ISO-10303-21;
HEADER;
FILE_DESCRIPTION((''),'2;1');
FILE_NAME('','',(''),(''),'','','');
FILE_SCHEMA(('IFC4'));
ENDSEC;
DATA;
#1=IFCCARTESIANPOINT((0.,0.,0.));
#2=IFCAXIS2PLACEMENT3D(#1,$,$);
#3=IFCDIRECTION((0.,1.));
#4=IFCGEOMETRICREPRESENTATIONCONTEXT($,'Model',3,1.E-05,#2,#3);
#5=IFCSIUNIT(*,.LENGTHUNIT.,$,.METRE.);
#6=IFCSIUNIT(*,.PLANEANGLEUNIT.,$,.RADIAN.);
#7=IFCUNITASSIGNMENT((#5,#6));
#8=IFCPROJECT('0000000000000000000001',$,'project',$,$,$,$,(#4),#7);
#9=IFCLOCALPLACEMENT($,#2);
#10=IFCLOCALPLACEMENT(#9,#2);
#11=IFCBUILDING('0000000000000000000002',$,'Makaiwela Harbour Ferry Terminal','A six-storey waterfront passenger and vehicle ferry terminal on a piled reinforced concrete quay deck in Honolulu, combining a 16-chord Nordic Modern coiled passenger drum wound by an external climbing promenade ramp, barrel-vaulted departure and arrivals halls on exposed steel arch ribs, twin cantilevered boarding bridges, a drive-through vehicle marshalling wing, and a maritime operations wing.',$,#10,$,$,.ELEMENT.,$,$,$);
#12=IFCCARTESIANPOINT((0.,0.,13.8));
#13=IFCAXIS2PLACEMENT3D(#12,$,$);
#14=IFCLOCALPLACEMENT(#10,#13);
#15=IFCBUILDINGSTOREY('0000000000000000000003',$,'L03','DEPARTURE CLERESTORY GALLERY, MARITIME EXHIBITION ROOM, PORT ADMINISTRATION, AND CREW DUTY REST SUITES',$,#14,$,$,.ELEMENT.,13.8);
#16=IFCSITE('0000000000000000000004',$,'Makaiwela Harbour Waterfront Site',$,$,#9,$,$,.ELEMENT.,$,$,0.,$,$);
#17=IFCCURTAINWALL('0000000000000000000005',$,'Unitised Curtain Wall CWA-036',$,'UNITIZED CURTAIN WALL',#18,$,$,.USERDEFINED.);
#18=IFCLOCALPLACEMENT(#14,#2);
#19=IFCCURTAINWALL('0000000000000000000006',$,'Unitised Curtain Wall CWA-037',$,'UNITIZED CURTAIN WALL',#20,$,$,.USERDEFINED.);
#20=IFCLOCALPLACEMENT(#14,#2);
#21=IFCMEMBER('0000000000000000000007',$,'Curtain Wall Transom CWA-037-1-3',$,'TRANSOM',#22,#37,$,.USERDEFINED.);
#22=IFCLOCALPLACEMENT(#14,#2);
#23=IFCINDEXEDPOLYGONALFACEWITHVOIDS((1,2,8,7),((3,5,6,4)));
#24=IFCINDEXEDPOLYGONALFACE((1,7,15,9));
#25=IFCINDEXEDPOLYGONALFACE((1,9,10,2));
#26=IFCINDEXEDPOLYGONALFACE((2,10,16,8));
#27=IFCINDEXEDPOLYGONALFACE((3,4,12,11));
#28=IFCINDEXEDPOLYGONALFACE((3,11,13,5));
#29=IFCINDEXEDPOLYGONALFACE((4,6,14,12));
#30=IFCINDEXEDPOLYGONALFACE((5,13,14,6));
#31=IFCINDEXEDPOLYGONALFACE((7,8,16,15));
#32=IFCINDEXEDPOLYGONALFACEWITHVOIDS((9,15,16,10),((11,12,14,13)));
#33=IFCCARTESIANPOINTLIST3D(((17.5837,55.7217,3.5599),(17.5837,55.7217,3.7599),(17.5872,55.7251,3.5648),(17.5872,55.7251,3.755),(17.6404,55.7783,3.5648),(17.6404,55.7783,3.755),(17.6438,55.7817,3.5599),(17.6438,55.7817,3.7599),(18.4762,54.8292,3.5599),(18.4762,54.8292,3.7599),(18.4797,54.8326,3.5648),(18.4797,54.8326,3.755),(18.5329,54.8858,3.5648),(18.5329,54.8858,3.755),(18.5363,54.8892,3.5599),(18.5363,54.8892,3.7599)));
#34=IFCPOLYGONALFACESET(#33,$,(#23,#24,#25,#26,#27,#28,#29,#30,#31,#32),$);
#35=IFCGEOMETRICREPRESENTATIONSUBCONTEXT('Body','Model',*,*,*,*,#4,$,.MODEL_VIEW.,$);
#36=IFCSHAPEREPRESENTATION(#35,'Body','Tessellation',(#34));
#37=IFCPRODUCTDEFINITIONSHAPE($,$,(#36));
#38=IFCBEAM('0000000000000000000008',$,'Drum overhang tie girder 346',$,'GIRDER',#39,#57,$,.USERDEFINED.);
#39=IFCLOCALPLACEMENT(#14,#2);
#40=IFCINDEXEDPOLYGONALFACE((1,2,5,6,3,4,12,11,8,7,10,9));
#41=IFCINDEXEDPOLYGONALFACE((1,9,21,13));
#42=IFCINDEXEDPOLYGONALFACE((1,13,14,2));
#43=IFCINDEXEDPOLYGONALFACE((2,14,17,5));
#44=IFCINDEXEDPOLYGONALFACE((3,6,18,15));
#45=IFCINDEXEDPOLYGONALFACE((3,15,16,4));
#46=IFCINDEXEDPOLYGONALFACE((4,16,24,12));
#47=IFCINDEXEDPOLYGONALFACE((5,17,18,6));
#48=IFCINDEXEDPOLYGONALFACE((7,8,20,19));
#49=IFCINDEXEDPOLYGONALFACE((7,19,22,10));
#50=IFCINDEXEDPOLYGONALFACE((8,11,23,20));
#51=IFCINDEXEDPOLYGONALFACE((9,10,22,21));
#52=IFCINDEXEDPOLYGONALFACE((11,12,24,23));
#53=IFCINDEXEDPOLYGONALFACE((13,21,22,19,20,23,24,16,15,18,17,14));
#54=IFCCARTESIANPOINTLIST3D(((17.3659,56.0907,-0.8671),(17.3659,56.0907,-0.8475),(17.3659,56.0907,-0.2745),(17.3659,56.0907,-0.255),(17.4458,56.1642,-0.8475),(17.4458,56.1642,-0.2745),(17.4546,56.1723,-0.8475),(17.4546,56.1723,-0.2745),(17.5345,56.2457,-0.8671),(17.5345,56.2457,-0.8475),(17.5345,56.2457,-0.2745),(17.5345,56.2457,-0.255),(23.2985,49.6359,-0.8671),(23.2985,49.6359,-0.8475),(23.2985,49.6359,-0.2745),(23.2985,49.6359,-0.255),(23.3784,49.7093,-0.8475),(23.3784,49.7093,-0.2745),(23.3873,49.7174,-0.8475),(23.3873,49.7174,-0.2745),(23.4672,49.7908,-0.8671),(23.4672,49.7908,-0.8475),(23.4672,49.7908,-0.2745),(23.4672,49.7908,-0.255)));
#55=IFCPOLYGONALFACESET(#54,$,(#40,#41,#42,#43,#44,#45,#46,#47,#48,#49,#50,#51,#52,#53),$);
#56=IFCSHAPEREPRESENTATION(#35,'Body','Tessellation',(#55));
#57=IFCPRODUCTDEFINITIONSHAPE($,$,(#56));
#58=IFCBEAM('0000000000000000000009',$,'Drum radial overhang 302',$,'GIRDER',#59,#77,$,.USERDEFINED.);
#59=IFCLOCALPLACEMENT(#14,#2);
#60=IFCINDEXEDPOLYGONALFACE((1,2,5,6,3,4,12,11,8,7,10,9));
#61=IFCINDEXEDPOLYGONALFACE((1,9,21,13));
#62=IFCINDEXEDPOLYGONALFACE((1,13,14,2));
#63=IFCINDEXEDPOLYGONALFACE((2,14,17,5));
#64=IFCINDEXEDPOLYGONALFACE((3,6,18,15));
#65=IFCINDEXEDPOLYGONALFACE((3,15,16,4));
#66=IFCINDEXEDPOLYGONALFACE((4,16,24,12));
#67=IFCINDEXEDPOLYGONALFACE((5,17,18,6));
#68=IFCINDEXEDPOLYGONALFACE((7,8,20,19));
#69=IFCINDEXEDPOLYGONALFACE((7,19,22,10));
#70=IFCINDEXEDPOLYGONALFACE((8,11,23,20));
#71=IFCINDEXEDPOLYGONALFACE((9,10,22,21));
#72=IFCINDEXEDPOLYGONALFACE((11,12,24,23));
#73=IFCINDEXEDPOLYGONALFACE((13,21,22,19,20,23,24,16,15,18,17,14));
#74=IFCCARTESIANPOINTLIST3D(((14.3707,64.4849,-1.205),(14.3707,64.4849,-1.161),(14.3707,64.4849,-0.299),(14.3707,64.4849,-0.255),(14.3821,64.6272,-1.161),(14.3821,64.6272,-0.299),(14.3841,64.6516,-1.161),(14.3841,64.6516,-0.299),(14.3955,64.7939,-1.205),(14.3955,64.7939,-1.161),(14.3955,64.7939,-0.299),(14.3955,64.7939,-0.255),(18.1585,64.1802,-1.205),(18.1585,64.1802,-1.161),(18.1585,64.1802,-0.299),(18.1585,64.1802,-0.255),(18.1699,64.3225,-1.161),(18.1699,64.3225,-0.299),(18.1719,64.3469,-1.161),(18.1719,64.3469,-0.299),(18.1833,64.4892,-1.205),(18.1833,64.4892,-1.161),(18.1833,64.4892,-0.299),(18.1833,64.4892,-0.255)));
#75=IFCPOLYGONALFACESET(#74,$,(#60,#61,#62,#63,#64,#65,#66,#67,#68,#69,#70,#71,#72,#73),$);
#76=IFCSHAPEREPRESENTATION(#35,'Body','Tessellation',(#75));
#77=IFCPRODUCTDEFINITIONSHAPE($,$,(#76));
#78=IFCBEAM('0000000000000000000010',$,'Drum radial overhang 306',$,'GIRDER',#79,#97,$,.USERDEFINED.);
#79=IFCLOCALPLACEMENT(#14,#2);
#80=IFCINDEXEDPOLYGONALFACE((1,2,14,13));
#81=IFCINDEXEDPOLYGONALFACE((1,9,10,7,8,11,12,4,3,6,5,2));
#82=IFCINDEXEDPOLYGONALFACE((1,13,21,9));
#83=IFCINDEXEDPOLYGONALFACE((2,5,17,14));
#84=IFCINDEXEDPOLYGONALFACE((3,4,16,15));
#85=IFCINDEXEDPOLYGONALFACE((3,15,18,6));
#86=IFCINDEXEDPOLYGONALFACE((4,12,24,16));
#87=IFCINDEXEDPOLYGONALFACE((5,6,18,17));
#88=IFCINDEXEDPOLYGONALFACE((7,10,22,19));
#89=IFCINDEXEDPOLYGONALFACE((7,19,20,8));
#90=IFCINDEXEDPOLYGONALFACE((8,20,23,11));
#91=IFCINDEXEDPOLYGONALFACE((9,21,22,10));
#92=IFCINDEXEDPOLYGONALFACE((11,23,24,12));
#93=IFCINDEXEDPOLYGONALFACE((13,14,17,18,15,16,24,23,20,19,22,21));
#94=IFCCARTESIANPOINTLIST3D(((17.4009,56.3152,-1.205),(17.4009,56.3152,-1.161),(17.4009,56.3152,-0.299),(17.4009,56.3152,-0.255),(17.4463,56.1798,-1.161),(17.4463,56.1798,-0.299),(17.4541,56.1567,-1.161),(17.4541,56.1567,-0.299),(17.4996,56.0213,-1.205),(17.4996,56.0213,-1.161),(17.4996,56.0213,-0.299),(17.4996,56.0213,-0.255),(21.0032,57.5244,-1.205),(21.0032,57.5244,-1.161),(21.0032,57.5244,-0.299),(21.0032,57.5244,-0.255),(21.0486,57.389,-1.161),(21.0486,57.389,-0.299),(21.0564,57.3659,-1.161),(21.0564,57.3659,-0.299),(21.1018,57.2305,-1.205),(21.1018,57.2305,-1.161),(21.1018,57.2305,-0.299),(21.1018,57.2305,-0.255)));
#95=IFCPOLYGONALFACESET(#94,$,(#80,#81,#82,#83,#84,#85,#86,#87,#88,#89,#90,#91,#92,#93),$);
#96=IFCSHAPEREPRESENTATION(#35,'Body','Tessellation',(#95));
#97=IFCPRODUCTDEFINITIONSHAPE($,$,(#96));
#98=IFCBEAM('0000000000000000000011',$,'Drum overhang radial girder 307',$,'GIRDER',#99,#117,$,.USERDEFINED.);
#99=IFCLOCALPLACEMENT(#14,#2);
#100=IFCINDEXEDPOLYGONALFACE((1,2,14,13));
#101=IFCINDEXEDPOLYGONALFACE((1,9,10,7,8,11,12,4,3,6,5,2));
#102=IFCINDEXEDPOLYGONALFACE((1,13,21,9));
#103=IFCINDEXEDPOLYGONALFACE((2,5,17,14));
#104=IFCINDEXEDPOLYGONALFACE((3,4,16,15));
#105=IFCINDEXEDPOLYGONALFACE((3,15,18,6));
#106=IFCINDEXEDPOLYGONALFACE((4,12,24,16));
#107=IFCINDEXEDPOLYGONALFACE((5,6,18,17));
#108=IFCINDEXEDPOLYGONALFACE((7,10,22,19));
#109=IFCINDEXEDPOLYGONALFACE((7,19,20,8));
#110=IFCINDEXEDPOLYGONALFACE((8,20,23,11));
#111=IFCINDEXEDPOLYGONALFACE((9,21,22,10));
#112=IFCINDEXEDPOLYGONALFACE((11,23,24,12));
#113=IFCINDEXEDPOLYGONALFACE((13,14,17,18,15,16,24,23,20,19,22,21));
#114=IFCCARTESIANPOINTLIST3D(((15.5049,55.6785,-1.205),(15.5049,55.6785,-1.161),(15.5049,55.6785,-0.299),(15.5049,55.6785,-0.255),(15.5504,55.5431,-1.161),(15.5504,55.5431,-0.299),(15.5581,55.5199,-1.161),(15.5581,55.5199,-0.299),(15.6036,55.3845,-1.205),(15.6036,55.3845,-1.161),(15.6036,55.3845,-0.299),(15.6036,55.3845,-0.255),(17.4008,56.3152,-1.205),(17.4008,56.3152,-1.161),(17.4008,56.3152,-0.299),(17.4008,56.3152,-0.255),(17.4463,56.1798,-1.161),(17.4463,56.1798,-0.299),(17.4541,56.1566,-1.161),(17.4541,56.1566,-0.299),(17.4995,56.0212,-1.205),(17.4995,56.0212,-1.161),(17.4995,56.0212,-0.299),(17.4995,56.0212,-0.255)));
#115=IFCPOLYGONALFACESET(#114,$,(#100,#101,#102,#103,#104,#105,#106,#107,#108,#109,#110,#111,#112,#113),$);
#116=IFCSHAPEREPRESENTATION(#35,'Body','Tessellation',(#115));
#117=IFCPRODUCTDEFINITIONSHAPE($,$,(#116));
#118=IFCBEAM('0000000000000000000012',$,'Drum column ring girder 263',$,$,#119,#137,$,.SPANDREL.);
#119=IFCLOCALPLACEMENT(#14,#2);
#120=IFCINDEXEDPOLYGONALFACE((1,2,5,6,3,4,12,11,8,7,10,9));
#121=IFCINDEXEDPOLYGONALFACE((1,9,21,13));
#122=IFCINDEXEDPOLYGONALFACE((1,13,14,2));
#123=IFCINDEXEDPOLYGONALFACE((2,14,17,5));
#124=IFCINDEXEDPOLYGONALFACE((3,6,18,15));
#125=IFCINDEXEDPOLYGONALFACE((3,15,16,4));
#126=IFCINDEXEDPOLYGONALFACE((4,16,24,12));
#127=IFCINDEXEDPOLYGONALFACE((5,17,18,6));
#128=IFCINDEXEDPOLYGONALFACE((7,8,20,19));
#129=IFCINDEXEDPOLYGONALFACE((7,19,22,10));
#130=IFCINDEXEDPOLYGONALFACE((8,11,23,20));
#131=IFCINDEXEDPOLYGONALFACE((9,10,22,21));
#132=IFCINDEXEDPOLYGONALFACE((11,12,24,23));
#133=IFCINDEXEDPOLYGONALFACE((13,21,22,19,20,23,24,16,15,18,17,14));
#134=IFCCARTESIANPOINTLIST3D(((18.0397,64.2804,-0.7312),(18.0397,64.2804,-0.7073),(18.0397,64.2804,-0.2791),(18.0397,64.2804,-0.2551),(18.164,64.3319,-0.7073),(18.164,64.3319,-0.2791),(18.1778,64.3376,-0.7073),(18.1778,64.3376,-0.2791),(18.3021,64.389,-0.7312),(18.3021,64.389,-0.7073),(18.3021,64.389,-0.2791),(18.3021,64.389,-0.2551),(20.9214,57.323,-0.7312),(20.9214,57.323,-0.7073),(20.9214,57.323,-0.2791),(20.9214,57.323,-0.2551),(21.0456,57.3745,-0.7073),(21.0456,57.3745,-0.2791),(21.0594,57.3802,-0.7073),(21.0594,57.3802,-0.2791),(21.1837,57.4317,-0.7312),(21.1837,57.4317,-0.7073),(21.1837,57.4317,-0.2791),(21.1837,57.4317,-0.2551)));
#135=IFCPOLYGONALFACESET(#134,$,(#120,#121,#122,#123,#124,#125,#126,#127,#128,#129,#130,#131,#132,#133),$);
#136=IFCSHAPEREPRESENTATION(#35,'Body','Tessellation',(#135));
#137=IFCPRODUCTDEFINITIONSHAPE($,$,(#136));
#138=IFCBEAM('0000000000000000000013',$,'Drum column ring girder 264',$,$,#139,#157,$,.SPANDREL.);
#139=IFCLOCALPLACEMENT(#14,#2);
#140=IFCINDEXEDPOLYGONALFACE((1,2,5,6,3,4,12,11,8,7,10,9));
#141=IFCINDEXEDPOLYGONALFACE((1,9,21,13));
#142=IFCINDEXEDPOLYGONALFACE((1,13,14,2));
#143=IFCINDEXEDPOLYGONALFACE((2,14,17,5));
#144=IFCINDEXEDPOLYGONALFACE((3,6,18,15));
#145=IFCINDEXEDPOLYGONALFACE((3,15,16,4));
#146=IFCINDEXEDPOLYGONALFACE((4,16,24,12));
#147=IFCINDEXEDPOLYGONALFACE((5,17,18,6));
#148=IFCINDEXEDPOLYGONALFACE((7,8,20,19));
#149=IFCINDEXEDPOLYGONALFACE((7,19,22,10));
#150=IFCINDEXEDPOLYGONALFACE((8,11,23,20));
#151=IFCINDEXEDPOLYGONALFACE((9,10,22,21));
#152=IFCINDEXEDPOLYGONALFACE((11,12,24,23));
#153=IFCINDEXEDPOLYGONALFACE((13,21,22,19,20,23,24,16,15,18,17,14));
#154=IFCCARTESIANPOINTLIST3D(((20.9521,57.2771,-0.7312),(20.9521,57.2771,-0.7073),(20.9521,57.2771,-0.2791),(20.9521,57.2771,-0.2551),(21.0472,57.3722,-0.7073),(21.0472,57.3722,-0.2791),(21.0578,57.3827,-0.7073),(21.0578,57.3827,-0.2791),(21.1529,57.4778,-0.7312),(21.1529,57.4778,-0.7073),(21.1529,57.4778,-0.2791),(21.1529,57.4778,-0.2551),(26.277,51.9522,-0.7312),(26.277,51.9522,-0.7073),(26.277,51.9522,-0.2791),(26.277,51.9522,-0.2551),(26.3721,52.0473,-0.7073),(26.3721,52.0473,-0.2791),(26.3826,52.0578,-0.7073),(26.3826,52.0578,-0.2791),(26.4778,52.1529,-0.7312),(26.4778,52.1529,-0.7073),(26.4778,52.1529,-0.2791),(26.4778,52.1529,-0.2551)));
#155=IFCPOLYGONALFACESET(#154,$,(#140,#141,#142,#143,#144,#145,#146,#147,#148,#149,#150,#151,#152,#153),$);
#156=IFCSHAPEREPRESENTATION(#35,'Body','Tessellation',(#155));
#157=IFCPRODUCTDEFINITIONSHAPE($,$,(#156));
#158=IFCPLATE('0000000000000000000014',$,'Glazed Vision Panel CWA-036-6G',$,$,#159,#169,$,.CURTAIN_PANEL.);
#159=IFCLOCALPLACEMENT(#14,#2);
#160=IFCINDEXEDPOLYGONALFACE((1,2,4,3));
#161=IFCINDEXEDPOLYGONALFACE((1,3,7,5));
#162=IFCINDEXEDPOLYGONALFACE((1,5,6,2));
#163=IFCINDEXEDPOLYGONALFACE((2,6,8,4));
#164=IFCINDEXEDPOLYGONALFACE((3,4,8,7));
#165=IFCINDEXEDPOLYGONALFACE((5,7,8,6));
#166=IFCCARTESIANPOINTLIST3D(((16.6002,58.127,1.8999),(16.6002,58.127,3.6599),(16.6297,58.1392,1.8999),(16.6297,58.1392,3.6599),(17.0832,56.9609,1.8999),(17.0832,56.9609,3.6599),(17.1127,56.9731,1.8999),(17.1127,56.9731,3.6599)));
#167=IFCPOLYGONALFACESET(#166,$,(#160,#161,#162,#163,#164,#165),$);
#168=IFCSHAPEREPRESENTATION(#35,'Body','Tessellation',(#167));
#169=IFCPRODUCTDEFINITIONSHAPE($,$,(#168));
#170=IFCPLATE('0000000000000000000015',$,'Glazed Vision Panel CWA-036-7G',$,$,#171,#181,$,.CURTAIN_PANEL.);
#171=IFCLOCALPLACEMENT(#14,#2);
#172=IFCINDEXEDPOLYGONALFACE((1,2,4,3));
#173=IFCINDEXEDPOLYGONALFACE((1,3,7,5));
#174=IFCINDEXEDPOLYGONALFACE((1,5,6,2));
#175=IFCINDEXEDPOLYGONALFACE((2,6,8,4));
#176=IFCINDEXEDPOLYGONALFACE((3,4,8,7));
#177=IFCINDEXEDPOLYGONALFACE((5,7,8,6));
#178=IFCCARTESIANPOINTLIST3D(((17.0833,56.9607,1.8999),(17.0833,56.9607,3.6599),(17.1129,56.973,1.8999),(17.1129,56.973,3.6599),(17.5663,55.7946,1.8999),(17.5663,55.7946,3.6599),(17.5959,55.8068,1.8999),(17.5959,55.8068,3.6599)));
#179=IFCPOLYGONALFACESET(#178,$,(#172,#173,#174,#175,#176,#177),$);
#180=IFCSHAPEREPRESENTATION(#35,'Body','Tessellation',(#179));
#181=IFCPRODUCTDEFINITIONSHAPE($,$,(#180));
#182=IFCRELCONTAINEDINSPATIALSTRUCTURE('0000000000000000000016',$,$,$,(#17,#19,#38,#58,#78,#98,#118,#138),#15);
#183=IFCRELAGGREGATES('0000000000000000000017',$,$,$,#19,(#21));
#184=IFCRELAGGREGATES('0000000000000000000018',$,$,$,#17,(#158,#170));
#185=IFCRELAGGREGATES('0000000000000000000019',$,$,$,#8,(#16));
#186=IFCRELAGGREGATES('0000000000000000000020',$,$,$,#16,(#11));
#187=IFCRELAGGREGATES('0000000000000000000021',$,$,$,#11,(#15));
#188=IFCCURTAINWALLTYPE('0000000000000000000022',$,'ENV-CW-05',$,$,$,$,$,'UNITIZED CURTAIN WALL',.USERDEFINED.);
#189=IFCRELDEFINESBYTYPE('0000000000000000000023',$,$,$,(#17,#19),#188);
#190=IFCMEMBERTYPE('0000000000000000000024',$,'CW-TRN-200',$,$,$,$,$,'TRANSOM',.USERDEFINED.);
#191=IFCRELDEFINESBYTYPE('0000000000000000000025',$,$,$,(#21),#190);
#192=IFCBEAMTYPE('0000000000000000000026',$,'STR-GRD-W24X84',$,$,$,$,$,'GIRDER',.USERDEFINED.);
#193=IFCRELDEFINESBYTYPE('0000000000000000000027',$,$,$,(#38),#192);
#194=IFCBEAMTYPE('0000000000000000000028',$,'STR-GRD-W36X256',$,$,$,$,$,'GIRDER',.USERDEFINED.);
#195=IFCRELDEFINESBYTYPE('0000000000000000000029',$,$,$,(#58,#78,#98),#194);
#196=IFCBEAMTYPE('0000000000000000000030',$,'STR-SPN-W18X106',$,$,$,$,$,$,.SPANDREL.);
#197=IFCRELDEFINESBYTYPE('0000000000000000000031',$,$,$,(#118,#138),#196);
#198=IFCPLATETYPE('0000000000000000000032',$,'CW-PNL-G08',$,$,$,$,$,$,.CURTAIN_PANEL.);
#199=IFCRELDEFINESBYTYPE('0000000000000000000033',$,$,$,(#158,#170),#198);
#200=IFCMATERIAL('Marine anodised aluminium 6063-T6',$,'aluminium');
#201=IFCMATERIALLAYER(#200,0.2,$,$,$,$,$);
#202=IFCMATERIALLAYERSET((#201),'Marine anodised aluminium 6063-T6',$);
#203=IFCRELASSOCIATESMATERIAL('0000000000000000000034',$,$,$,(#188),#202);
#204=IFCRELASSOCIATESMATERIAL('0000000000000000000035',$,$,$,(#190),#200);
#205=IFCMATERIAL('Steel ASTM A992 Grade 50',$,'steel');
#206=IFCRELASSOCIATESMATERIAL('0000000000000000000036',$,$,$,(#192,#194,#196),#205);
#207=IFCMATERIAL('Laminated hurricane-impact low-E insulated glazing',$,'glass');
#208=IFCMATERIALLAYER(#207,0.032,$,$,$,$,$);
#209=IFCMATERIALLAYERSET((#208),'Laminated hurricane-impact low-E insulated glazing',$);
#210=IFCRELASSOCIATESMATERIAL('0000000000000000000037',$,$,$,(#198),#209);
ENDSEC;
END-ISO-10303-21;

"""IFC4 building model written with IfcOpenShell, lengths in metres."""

from ifc_helpers import new_model, si_unit, direction, frame, origin, origin_2d, place, context, subcontext, project, spatial, rectangle, hollow_rectangle, i_section, extrude, material, layer, layer_set, material_profile, profile_set, type_object, element, aggregate, save


model = new_model("IFC4")

# Units and contexts
model_context = context("Model", 3, precision=1e-05, world=origin(), true_north=direction((0.0, 1.0)))
body_context = subcontext(model_context, "Body", "Model", "MODEL_VIEW")
ifc_project = project(units=[si_unit("LENGTHUNIT", "METRE"), si_unit("PLANEANGLEUNIT", "RADIAN")], contexts=[model_context])

# Site, building, storey
site_placement = place(None, origin())
site = spatial("IfcSite", under=ifc_project, at=site_placement, Name="Makaiwela Harbour Waterfront Site", CompositionType="ELEMENT", RefElevation=0.0)
building_placement = place(site_placement, origin())
building = spatial("IfcBuilding", under=site, at=building_placement, Name="Makaiwela Harbour Ferry Terminal", Description="A six-storey waterfront passenger and vehicle ferry terminal on a piled reinforced concrete quay deck in Honolulu, combining a 16-chord Nordic Modern coiled passenger drum wound by an external climbing promenade ramp, barrel-vaulted departure and arrivals halls on exposed steel arch ribs, twin cantilevered boarding bridges, a drive-through vehicle marshalling wing, and a maritime operations wing.", CompositionType="ELEMENT")
storey_placement = place(building_placement, frame((0.0, 0.0, 13.8)))
storey = spatial("IfcBuildingStorey", under=building, at=storey_placement, Name="L03", Description="DEPARTURE CLERESTORY GALLERY, MARITIME EXHIBITION ROOM, PORT ADMINISTRATION, AND CREW DUTY REST SUITES", CompositionType="ELEMENT", Elevation=13.8)

# Shared definitions
ifc_material_1 = material(Name="Steel ASTM A992 Grade 50", Category="steel")

# Curtain wall
ifc_material_2 = material(Name="Marine anodised aluminium 6063-T6", Category="aluminium")
ifc_layer_1 = layer(ifc_material_2, 0.2)
ifc_layer_set_1 = layer_set([ifc_layer_1], Name="Marine anodised aluminium 6063-T6")
curtain_wall_type = type_object("IfcCurtainWallType", Name="ENV-CW-05", ElementType="UNITIZED CURTAIN WALL", PredefinedType="USERDEFINED", material=ifc_layer_set_1)
curtain_wall_1_placement = place(storey_placement, origin())
curtain_wall_1 = element("IfcCurtainWall", 1, at=curtain_wall_1_placement, inside=storey, type_object=curtain_wall_type, Name="Unitised Curtain Wall CWA-036", ObjectType="UNITIZED CURTAIN WALL", PredefinedType="USERDEFINED")

# Curtain wall
curtain_wall_2_placement = place(storey_placement, origin())
curtain_wall_2 = element("IfcCurtainWall", 2, at=curtain_wall_2_placement, inside=storey, type_object=curtain_wall_type, Name="Unitised Curtain Wall CWA-037", ObjectType="UNITIZED CURTAIN WALL", PredefinedType="USERDEFINED")

# Member
ifc_material_profile_1 = material_profile(ifc_material_2, hollow_rectangle(XDim=0.085, YDim=0.2, WallThickness=0.0049, at=origin_2d()), Name="CWT-200X85")
ifc_profile_set_1 = profile_set([ifc_material_profile_1], Name="Marine anodised aluminium 6063-T6")
member_type_1 = type_object("IfcMemberType", Name="CW-TRN-200", ElementType="TRANSOM", PredefinedType="USERDEFINED", material=ifc_profile_set_1)
member_1_placement = place(storey_placement, frame((17.6138, 55.7517, 3.6599), z_axis=(0.707107, -0.707107, 0.0), x_axis=(0.707107, 0.707107, 0.0)))
member_1 = element("IfcMember", 3, at=member_1_placement, type_object=member_type_1, Name="Curtain Wall Transom CWA-037-1-3", ObjectType="TRANSOM", PredefinedType="USERDEFINED", context=body_context, shape_type="SweptSolid", body=[
    extrude(hollow_rectangle(XDim=0.085, YDim=0.2, WallThickness=0.0049, at=origin_2d()), origin(), (0.0, 0.0, 1.0), 1.2622),
])

# Beams
ifc_material_profile_2 = material_profile(ifc_material_1, i_section(OverallWidth=0.229, OverallDepth=0.6121, WebThickness=0.012, FlangeThickness=0.0195, at=origin_2d()), Name="W24X84")
ifc_profile_set_2 = profile_set([ifc_material_profile_2], Name="Steel ASTM A992 Grade 50")
beam_type_1 = type_object("IfcBeamType", Name="STR-GRD-W24X84", ElementType="GIRDER", PredefinedType="USERDEFINED", material=ifc_profile_set_2)
beam_1_placement = place(storey_placement, frame((17.4502, 56.1682, -0.561), z_axis=(0.676696, -0.736262, 0.0), x_axis=(0.736262, 0.676696, 0.0)))
element("IfcBeam", 4, at=beam_1_placement, inside=storey, type_object=beam_type_1, Name="Drum overhang tie girder 346", ObjectType="GIRDER", PredefinedType="USERDEFINED", context=body_context, shape_type="SweptSolid", body=[
    extrude(i_section(OverallWidth=0.229, OverallDepth=0.6121, WebThickness=0.012, FlangeThickness=0.0195, at=origin_2d()), origin(), (0.0, 0.0, 1.0), 8.7671),
])
ifc_material_profile_3 = material_profile(ifc_material_1, i_section(OverallWidth=0.3101, OverallDepth=0.95, WebThickness=0.0244, FlangeThickness=0.0439, at=origin_2d()), Name="W36X256")
ifc_profile_set_3 = profile_set([ifc_material_profile_3], Name="Steel ASTM A992 Grade 50")
beam_type_2 = type_object("IfcBeamType", Name="STR-GRD-W36X256", ElementType="GIRDER", PredefinedType="USERDEFINED", material=ifc_profile_set_3)
beam_2_placement = place(storey_placement, frame((18.1709, 64.3347, -0.73), z_axis=(-0.99678, 0.080179, 0.0), x_axis=(-0.080179, -0.99678, 0.0)))
element("IfcBeam", 5, at=beam_2_placement, inside=storey, type_object=beam_type_2, Name="Drum radial overhang 302", ObjectType="GIRDER", PredefinedType="USERDEFINED", context=body_context, shape_type="SweptSolid", body=[
    extrude(i_section(OverallWidth=0.3101, OverallDepth=0.95, WebThickness=0.0244, FlangeThickness=0.0439, at=origin_2d()), origin(), (0.0, 0.0, 1.0), 3.8),
])
beam_3_placement = place(storey_placement, frame((21.0525, 57.3774, -0.73), z_axis=(-0.948013, -0.318232, 0.0), x_axis=(0.318232, -0.948013, 0.0)))
element("IfcBeam", 6, at=beam_3_placement, inside=storey, type_object=beam_type_2, Name="Drum radial overhang 306", ObjectType="GIRDER", PredefinedType="USERDEFINED", context=body_context, shape_type="SweptSolid", body=[
    extrude(i_section(OverallWidth=0.3101, OverallDepth=0.95, WebThickness=0.0244, FlangeThickness=0.0439, at=origin_2d()), origin(), (0.0, 0.0, 1.0), 3.7998),
])
beam_4_placement = place(storey_placement, frame((17.4502, 56.1682, -0.73), z_axis=(-0.947973, -0.318351, 0.0), x_axis=(0.318351, -0.947973, 0.0)))
element("IfcBeam", 7, at=beam_4_placement, inside=storey, type_object=beam_type_2, Name="Drum overhang radial girder 307", ObjectType="GIRDER", PredefinedType="USERDEFINED", context=body_context, shape_type="SweptSolid", body=[
    extrude(i_section(OverallWidth=0.3101, OverallDepth=0.95, WebThickness=0.0244, FlangeThickness=0.0439, at=origin_2d()), origin(), (0.0, 0.0, 1.0), 2.0),
])
ifc_material_profile_4 = material_profile(ifc_material_1, i_section(OverallWidth=0.2839, OverallDepth=0.4761, WebThickness=0.0149, FlangeThickness=0.0239, at=origin_2d()), Name="W18X106")
ifc_profile_set_4 = profile_set([ifc_material_profile_4], Name="Steel ASTM A992 Grade 50")
beam_type_3 = type_object("IfcBeamType", Name="STR-SPN-W18X106", PredefinedType="SPANDREL", material=ifc_profile_set_4)
for number, where, z_axis, x_axis, name in (
    (8, (18.1709, 64.3347, -0.4932), (0.38266, -0.923889, 0.0), (0.923889, 0.38266, 0.0), "Drum column ring girder 263"),
    (9, (21.0525, 57.3774, -0.4932), (0.707107, -0.707107, 0.0), (0.707107, 0.707107, 0.0), "Drum column ring girder 264"),
):
    element("IfcBeam", number, at=place(storey_placement, frame(where, z_axis=z_axis, x_axis=x_axis)), inside=storey, type_object=beam_type_3, Name=name, PredefinedType="SPANDREL", context=body_context, shape_type="SweptSolid", body=[
        extrude(i_section(OverallWidth=0.2839, OverallDepth=0.4761, WebThickness=0.0149, FlangeThickness=0.0239, at=origin_2d()), origin(), (0.0, 0.0, 1.0), 7.5305),
    ])

# Plates
ifc_material_3 = material(Name="Laminated hurricane-impact low-E insulated glazing", Category="glass")
ifc_layer_2 = layer(ifc_material_3, 0.032)
ifc_layer_set_2 = layer_set([ifc_layer_2], Name="Laminated hurricane-impact low-E insulated glazing")
plate_type_1 = type_object("IfcPlateType", Name="CW-PNL-G08", PredefinedType="CURTAIN_PANEL", material=ifc_layer_set_2)
plate_1_placement = place(storey_placement, frame((16.8564, 57.55, 1.8999), z_axis=(0.0, 0.0, 1.0), x_axis=(0.382683, -0.92388, 0.0)))
plate_1 = element("IfcPlate", 10, at=plate_1_placement, type_object=plate_type_1, Name="Glazed Vision Panel CWA-036-6G", PredefinedType="CURTAIN_PANEL", context=body_context, shape_type="SweptSolid", body=[
    extrude(rectangle(XDim=1.2622, YDim=0.032, at=origin_2d()), origin(), (0.0, 0.0, 1.0), 1.76),
])
plate_2_placement = place(storey_placement, frame((17.3396, 56.3838, 1.8999), z_axis=(0.0, 0.0, 1.0), x_axis=(0.382683, -0.92388, 0.0)))
plate_2 = element("IfcPlate", 11, at=plate_2_placement, type_object=plate_type_1, Name="Glazed Vision Panel CWA-036-7G", PredefinedType="CURTAIN_PANEL", context=body_context, shape_type="SweptSolid", body=[
    extrude(rectangle(XDim=1.2622, YDim=0.032, at=origin_2d()), origin(), (0.0, 0.0, 1.0), 1.76),
])
aggregate(curtain_wall_2, [member_1])
aggregate(curtain_wall_1, [plate_1, plate_2])

save(model, "model.ifc")
